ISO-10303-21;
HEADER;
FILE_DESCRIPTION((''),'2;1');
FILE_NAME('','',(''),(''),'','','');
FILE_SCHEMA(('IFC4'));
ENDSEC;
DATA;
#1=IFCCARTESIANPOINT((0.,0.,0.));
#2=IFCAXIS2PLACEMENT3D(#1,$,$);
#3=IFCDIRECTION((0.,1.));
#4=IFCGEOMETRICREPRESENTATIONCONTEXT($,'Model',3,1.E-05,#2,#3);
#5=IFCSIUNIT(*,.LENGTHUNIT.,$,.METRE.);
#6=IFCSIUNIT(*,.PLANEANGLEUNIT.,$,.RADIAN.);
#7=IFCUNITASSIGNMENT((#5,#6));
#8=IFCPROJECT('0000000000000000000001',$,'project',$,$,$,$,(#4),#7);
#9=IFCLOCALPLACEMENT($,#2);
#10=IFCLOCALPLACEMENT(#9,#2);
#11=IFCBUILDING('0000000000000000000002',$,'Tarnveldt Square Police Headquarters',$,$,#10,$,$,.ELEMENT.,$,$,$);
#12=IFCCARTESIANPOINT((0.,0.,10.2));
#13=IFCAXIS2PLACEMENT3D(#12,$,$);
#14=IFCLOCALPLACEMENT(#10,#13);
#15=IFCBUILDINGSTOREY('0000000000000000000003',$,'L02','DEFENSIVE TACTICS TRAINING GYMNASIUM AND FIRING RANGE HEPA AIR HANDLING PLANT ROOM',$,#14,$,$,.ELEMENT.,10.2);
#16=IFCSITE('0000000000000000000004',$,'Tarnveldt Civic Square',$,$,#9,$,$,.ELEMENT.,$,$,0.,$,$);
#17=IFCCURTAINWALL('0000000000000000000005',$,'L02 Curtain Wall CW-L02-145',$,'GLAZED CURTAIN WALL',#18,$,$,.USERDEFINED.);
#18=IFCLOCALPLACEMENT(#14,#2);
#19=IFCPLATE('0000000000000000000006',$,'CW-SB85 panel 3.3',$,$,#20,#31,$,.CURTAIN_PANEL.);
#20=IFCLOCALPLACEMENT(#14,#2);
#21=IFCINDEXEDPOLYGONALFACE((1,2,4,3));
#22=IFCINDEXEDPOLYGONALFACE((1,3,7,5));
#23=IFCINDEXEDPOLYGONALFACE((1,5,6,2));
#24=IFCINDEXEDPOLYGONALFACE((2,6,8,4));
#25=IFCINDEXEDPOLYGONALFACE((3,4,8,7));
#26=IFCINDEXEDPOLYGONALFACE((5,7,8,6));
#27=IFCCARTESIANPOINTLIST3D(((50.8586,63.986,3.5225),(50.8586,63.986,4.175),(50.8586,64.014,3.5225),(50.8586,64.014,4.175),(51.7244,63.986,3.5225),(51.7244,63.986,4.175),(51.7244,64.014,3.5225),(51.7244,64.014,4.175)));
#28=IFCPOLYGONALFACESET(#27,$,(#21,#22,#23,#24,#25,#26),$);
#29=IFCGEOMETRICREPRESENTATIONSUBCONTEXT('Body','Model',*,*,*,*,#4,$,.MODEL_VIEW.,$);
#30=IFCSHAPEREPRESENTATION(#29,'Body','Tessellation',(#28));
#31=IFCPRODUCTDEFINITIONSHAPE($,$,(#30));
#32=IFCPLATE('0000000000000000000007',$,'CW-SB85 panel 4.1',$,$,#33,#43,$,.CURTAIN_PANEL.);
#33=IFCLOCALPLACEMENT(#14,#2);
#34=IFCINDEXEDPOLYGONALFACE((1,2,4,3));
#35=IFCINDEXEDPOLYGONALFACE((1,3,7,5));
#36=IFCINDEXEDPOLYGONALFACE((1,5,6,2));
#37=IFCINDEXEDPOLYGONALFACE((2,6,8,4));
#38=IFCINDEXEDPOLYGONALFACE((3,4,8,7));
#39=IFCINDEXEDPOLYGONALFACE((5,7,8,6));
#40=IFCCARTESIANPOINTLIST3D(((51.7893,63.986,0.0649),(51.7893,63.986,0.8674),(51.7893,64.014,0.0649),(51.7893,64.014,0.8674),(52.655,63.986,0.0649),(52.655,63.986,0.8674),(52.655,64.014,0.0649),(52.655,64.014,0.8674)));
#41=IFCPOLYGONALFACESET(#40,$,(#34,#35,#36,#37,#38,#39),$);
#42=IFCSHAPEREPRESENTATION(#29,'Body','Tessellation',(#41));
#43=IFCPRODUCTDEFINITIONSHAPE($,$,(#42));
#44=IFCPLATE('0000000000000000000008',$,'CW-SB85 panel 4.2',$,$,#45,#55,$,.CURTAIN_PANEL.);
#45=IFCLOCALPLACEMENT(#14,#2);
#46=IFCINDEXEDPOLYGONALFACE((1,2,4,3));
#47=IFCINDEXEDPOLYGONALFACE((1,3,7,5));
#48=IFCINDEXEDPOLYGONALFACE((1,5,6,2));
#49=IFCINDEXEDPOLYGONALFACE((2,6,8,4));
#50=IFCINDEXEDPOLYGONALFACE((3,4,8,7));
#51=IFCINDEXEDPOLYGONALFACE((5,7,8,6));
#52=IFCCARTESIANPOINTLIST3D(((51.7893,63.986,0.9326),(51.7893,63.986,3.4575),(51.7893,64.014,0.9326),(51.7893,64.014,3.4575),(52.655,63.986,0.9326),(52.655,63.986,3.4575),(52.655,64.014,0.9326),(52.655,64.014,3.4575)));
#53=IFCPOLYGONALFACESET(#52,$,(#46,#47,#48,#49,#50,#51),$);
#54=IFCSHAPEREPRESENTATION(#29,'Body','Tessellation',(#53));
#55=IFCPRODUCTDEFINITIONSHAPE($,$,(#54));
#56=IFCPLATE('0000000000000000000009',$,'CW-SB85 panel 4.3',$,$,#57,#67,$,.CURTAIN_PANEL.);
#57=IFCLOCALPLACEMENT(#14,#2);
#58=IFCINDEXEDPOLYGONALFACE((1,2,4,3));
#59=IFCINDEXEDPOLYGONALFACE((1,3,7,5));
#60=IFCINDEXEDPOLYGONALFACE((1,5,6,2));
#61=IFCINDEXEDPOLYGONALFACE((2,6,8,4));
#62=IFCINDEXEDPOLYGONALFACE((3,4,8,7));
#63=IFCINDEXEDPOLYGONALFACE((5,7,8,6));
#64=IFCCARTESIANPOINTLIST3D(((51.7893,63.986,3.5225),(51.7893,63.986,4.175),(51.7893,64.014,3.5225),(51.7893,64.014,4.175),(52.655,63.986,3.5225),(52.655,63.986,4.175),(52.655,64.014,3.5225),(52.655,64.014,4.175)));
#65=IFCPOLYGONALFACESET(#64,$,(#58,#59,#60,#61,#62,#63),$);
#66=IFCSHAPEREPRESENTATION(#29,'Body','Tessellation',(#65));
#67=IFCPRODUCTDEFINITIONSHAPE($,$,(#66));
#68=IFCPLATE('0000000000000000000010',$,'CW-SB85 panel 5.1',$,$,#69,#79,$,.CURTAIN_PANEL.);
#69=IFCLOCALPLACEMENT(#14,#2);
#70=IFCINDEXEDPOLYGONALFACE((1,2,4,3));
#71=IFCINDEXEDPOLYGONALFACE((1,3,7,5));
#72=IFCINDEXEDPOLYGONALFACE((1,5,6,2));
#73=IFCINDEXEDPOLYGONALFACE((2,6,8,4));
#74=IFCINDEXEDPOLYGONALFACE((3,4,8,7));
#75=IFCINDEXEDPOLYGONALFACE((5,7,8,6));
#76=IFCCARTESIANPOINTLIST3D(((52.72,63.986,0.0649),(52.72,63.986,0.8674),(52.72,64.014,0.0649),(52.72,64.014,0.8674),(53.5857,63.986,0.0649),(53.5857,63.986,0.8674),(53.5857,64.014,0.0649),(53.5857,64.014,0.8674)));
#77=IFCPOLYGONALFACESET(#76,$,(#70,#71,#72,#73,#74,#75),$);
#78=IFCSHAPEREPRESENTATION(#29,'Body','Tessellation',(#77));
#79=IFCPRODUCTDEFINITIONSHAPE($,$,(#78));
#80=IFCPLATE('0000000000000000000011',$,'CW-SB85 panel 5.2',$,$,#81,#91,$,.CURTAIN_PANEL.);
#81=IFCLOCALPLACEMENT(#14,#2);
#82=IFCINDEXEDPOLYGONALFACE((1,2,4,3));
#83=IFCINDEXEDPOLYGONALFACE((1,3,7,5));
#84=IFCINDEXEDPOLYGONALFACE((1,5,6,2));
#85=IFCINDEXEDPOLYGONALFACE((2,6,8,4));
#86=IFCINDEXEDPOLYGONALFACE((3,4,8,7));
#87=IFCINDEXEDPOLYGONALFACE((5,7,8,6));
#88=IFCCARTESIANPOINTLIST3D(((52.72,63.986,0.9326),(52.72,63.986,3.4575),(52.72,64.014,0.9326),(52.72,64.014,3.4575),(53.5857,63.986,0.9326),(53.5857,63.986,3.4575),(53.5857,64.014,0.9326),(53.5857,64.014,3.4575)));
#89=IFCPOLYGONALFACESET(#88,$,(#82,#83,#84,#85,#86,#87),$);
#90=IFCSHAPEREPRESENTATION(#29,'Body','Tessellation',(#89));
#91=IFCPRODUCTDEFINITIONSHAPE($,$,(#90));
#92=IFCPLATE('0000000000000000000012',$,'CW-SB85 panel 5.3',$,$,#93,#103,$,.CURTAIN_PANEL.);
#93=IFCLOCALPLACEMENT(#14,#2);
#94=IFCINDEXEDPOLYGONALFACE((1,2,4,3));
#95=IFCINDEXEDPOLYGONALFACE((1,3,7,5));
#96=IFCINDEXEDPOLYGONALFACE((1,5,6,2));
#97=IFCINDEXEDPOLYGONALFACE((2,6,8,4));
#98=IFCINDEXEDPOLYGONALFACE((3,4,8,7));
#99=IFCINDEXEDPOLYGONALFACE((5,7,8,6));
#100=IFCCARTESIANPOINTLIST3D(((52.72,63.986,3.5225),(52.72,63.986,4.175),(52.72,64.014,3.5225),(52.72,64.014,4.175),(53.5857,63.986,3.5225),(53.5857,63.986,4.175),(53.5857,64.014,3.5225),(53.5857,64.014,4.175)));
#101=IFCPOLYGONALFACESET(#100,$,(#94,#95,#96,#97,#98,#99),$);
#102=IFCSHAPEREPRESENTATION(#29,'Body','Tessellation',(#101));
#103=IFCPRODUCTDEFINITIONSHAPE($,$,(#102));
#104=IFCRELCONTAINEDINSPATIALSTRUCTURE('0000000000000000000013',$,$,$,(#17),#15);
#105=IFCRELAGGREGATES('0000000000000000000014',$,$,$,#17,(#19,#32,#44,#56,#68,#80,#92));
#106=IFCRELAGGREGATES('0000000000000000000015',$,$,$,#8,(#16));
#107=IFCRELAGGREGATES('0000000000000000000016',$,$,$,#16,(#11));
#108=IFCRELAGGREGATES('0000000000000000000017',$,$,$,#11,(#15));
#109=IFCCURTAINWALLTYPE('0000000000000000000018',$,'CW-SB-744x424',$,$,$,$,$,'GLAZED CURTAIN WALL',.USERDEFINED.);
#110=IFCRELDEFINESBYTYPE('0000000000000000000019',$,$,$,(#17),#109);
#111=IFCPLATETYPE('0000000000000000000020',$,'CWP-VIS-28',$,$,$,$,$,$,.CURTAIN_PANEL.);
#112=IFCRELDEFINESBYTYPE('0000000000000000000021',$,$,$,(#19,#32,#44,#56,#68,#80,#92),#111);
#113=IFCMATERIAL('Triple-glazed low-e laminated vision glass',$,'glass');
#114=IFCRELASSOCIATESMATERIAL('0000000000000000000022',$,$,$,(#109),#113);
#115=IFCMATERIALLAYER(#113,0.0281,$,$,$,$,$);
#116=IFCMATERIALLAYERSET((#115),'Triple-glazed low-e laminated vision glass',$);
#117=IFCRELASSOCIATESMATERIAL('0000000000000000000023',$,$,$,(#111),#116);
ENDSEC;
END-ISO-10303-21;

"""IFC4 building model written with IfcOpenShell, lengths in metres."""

from ifc_helpers import new_model, si_unit, direction, frame, origin, origin_2d, place, context, subcontext, project, spatial, rectangle, extrude, material, layer, layer_set, type_object, element, aggregate, save


model = new_model("IFC4")

# Units and contexts
model_context = context("Model", 3, precision=1e-05, world=origin(), true_north=direction((0.0, 1.0)))
body_context = subcontext(model_context, "Body", "Model", "MODEL_VIEW")
ifc_project = project(units=[si_unit("LENGTHUNIT", "METRE"), si_unit("PLANEANGLEUNIT", "RADIAN")], contexts=[model_context])

# Site, building, storey
site_placement = place(None, origin())
site = spatial("IfcSite", under=ifc_project, at=site_placement, Name="Tarnveldt Civic Square", CompositionType="ELEMENT", RefElevation=0.0)
building_placement = place(site_placement, origin())
building = spatial("IfcBuilding", under=site, at=building_placement, Name="Tarnveldt Square Police Headquarters", CompositionType="ELEMENT")
storey_placement = place(building_placement, frame((0.0, 0.0, 10.2)))
storey = spatial("IfcBuildingStorey", under=building, at=storey_placement, Name="L02", Description="DEFENSIVE TACTICS TRAINING GYMNASIUM AND FIRING RANGE HEPA AIR HANDLING PLANT ROOM", CompositionType="ELEMENT", Elevation=10.2)

# Curtain wall, plates
ifc_material_1 = material(Name="Triple-glazed low-e laminated vision glass", Category="glass")
curtain_wall_type = type_object("IfcCurtainWallType", Name="CW-SB-744x424", ElementType="GLAZED CURTAIN WALL", PredefinedType="USERDEFINED", material=ifc_material_1)
curtain_wall_placement = place(storey_placement, origin())
curtain_wall = element("IfcCurtainWall", 1, at=curtain_wall_placement, inside=storey, type_object=curtain_wall_type, Name="L02 Curtain Wall CW-L02-145", ObjectType="GLAZED CURTAIN WALL", PredefinedType="USERDEFINED")
ifc_layer = layer(ifc_material_1, 0.0281)
ifc_layer_set = layer_set([ifc_layer], Name="Triple-glazed low-e laminated vision glass")
plate_type = type_object("IfcPlateType", Name="CWP-VIS-28", PredefinedType="CURTAIN_PANEL", material=ifc_layer_set)
plate_1_placement = place(storey_placement, frame((51.2915, 64.0, 3.5225), z_axis=(0.0, 0.0, 1.0), x_axis=(1.0, 0.0, 0.0)))
plate_1 = element("IfcPlate", 2, at=plate_1_placement, type_object=plate_type, Name="CW-SB85 panel 3.3", PredefinedType="CURTAIN_PANEL", context=body_context, shape_type="SweptSolid", body=[
    extrude(rectangle(XDim=0.8657, YDim=0.0281, at=origin_2d()), origin(), (0.0, 0.0, 1.0), 0.6526),
])
plate_2_placement = place(storey_placement, frame((52.2222, 64.0, 0.0649), z_axis=(0.0, 0.0, 1.0), x_axis=(1.0, 0.0, 0.0)))
plate_2 = element("IfcPlate", 3, at=plate_2_placement, type_object=plate_type, Name="CW-SB85 panel 4.1", PredefinedType="CURTAIN_PANEL", context=body_context, shape_type="SweptSolid", body=[
    extrude(rectangle(XDim=0.8657, YDim=0.0281, at=origin_2d()), origin(), (0.0, 0.0, 1.0), 0.8025),
])
plate_3_placement = place(storey_placement, frame((52.2222, 64.0, 0.9326), z_axis=(0.0, 0.0, 1.0), x_axis=(1.0, 0.0, 0.0)))
plate_3 = element("IfcPlate", 4, at=plate_3_placement, type_object=plate_type, Name="CW-SB85 panel 4.2", PredefinedType="CURTAIN_PANEL", context=body_context, shape_type="SweptSolid", body=[
    extrude(rectangle(XDim=0.8657, YDim=0.0281, at=origin_2d()), origin(), (0.0, 0.0, 1.0), 2.5249),
])
plate_4_placement = place(storey_placement, frame((52.2222, 64.0, 3.5225), z_axis=(0.0, 0.0, 1.0), x_axis=(1.0, 0.0, 0.0)))
plate_4 = element("IfcPlate", 5, at=plate_4_placement, type_object=plate_type, Name="CW-SB85 panel 4.3", PredefinedType="CURTAIN_PANEL", context=body_context, shape_type="SweptSolid", body=[
    extrude(rectangle(XDim=0.8657, YDim=0.0281, at=origin_2d()), origin(), (0.0, 0.0, 1.0), 0.6526),
])
plate_5_placement = place(storey_placement, frame((53.1528, 64.0, 0.0649), z_axis=(0.0, 0.0, 1.0), x_axis=(1.0, 0.0, 0.0)))
plate_5 = element("IfcPlate", 6, at=plate_5_placement, type_object=plate_type, Name="CW-SB85 panel 5.1", PredefinedType="CURTAIN_PANEL", context=body_context, shape_type="SweptSolid", body=[
    extrude(rectangle(XDim=0.8657, YDim=0.0281, at=origin_2d()), origin(), (0.0, 0.0, 1.0), 0.8025),
])
plate_6_placement = place(storey_placement, frame((53.1528, 64.0, 0.9326), z_axis=(0.0, 0.0, 1.0), x_axis=(1.0, 0.0, 0.0)))
plate_6 = element("IfcPlate", 7, at=plate_6_placement, type_object=plate_type, Name="CW-SB85 panel 5.2", PredefinedType="CURTAIN_PANEL", context=body_context, shape_type="SweptSolid", body=[
    extrude(rectangle(XDim=0.8657, YDim=0.0281, at=origin_2d()), origin(), (0.0, 0.0, 1.0), 2.5249),
])
plate_7_placement = place(storey_placement, frame((53.1528, 64.0, 3.5225), z_axis=(0.0, 0.0, 1.0), x_axis=(1.0, 0.0, 0.0)))
plate_7 = element("IfcPlate", 8, at=plate_7_placement, type_object=plate_type, Name="CW-SB85 panel 5.3", PredefinedType="CURTAIN_PANEL", context=body_context, shape_type="SweptSolid", body=[
    extrude(rectangle(XDim=0.8657, YDim=0.0281, at=origin_2d()), origin(), (0.0, 0.0, 1.0), 0.6526),
])
aggregate(curtain_wall, [plate_1, plate_2, plate_3, plate_4, plate_5, plate_6, plate_7])

save(model, "model.ifc")
